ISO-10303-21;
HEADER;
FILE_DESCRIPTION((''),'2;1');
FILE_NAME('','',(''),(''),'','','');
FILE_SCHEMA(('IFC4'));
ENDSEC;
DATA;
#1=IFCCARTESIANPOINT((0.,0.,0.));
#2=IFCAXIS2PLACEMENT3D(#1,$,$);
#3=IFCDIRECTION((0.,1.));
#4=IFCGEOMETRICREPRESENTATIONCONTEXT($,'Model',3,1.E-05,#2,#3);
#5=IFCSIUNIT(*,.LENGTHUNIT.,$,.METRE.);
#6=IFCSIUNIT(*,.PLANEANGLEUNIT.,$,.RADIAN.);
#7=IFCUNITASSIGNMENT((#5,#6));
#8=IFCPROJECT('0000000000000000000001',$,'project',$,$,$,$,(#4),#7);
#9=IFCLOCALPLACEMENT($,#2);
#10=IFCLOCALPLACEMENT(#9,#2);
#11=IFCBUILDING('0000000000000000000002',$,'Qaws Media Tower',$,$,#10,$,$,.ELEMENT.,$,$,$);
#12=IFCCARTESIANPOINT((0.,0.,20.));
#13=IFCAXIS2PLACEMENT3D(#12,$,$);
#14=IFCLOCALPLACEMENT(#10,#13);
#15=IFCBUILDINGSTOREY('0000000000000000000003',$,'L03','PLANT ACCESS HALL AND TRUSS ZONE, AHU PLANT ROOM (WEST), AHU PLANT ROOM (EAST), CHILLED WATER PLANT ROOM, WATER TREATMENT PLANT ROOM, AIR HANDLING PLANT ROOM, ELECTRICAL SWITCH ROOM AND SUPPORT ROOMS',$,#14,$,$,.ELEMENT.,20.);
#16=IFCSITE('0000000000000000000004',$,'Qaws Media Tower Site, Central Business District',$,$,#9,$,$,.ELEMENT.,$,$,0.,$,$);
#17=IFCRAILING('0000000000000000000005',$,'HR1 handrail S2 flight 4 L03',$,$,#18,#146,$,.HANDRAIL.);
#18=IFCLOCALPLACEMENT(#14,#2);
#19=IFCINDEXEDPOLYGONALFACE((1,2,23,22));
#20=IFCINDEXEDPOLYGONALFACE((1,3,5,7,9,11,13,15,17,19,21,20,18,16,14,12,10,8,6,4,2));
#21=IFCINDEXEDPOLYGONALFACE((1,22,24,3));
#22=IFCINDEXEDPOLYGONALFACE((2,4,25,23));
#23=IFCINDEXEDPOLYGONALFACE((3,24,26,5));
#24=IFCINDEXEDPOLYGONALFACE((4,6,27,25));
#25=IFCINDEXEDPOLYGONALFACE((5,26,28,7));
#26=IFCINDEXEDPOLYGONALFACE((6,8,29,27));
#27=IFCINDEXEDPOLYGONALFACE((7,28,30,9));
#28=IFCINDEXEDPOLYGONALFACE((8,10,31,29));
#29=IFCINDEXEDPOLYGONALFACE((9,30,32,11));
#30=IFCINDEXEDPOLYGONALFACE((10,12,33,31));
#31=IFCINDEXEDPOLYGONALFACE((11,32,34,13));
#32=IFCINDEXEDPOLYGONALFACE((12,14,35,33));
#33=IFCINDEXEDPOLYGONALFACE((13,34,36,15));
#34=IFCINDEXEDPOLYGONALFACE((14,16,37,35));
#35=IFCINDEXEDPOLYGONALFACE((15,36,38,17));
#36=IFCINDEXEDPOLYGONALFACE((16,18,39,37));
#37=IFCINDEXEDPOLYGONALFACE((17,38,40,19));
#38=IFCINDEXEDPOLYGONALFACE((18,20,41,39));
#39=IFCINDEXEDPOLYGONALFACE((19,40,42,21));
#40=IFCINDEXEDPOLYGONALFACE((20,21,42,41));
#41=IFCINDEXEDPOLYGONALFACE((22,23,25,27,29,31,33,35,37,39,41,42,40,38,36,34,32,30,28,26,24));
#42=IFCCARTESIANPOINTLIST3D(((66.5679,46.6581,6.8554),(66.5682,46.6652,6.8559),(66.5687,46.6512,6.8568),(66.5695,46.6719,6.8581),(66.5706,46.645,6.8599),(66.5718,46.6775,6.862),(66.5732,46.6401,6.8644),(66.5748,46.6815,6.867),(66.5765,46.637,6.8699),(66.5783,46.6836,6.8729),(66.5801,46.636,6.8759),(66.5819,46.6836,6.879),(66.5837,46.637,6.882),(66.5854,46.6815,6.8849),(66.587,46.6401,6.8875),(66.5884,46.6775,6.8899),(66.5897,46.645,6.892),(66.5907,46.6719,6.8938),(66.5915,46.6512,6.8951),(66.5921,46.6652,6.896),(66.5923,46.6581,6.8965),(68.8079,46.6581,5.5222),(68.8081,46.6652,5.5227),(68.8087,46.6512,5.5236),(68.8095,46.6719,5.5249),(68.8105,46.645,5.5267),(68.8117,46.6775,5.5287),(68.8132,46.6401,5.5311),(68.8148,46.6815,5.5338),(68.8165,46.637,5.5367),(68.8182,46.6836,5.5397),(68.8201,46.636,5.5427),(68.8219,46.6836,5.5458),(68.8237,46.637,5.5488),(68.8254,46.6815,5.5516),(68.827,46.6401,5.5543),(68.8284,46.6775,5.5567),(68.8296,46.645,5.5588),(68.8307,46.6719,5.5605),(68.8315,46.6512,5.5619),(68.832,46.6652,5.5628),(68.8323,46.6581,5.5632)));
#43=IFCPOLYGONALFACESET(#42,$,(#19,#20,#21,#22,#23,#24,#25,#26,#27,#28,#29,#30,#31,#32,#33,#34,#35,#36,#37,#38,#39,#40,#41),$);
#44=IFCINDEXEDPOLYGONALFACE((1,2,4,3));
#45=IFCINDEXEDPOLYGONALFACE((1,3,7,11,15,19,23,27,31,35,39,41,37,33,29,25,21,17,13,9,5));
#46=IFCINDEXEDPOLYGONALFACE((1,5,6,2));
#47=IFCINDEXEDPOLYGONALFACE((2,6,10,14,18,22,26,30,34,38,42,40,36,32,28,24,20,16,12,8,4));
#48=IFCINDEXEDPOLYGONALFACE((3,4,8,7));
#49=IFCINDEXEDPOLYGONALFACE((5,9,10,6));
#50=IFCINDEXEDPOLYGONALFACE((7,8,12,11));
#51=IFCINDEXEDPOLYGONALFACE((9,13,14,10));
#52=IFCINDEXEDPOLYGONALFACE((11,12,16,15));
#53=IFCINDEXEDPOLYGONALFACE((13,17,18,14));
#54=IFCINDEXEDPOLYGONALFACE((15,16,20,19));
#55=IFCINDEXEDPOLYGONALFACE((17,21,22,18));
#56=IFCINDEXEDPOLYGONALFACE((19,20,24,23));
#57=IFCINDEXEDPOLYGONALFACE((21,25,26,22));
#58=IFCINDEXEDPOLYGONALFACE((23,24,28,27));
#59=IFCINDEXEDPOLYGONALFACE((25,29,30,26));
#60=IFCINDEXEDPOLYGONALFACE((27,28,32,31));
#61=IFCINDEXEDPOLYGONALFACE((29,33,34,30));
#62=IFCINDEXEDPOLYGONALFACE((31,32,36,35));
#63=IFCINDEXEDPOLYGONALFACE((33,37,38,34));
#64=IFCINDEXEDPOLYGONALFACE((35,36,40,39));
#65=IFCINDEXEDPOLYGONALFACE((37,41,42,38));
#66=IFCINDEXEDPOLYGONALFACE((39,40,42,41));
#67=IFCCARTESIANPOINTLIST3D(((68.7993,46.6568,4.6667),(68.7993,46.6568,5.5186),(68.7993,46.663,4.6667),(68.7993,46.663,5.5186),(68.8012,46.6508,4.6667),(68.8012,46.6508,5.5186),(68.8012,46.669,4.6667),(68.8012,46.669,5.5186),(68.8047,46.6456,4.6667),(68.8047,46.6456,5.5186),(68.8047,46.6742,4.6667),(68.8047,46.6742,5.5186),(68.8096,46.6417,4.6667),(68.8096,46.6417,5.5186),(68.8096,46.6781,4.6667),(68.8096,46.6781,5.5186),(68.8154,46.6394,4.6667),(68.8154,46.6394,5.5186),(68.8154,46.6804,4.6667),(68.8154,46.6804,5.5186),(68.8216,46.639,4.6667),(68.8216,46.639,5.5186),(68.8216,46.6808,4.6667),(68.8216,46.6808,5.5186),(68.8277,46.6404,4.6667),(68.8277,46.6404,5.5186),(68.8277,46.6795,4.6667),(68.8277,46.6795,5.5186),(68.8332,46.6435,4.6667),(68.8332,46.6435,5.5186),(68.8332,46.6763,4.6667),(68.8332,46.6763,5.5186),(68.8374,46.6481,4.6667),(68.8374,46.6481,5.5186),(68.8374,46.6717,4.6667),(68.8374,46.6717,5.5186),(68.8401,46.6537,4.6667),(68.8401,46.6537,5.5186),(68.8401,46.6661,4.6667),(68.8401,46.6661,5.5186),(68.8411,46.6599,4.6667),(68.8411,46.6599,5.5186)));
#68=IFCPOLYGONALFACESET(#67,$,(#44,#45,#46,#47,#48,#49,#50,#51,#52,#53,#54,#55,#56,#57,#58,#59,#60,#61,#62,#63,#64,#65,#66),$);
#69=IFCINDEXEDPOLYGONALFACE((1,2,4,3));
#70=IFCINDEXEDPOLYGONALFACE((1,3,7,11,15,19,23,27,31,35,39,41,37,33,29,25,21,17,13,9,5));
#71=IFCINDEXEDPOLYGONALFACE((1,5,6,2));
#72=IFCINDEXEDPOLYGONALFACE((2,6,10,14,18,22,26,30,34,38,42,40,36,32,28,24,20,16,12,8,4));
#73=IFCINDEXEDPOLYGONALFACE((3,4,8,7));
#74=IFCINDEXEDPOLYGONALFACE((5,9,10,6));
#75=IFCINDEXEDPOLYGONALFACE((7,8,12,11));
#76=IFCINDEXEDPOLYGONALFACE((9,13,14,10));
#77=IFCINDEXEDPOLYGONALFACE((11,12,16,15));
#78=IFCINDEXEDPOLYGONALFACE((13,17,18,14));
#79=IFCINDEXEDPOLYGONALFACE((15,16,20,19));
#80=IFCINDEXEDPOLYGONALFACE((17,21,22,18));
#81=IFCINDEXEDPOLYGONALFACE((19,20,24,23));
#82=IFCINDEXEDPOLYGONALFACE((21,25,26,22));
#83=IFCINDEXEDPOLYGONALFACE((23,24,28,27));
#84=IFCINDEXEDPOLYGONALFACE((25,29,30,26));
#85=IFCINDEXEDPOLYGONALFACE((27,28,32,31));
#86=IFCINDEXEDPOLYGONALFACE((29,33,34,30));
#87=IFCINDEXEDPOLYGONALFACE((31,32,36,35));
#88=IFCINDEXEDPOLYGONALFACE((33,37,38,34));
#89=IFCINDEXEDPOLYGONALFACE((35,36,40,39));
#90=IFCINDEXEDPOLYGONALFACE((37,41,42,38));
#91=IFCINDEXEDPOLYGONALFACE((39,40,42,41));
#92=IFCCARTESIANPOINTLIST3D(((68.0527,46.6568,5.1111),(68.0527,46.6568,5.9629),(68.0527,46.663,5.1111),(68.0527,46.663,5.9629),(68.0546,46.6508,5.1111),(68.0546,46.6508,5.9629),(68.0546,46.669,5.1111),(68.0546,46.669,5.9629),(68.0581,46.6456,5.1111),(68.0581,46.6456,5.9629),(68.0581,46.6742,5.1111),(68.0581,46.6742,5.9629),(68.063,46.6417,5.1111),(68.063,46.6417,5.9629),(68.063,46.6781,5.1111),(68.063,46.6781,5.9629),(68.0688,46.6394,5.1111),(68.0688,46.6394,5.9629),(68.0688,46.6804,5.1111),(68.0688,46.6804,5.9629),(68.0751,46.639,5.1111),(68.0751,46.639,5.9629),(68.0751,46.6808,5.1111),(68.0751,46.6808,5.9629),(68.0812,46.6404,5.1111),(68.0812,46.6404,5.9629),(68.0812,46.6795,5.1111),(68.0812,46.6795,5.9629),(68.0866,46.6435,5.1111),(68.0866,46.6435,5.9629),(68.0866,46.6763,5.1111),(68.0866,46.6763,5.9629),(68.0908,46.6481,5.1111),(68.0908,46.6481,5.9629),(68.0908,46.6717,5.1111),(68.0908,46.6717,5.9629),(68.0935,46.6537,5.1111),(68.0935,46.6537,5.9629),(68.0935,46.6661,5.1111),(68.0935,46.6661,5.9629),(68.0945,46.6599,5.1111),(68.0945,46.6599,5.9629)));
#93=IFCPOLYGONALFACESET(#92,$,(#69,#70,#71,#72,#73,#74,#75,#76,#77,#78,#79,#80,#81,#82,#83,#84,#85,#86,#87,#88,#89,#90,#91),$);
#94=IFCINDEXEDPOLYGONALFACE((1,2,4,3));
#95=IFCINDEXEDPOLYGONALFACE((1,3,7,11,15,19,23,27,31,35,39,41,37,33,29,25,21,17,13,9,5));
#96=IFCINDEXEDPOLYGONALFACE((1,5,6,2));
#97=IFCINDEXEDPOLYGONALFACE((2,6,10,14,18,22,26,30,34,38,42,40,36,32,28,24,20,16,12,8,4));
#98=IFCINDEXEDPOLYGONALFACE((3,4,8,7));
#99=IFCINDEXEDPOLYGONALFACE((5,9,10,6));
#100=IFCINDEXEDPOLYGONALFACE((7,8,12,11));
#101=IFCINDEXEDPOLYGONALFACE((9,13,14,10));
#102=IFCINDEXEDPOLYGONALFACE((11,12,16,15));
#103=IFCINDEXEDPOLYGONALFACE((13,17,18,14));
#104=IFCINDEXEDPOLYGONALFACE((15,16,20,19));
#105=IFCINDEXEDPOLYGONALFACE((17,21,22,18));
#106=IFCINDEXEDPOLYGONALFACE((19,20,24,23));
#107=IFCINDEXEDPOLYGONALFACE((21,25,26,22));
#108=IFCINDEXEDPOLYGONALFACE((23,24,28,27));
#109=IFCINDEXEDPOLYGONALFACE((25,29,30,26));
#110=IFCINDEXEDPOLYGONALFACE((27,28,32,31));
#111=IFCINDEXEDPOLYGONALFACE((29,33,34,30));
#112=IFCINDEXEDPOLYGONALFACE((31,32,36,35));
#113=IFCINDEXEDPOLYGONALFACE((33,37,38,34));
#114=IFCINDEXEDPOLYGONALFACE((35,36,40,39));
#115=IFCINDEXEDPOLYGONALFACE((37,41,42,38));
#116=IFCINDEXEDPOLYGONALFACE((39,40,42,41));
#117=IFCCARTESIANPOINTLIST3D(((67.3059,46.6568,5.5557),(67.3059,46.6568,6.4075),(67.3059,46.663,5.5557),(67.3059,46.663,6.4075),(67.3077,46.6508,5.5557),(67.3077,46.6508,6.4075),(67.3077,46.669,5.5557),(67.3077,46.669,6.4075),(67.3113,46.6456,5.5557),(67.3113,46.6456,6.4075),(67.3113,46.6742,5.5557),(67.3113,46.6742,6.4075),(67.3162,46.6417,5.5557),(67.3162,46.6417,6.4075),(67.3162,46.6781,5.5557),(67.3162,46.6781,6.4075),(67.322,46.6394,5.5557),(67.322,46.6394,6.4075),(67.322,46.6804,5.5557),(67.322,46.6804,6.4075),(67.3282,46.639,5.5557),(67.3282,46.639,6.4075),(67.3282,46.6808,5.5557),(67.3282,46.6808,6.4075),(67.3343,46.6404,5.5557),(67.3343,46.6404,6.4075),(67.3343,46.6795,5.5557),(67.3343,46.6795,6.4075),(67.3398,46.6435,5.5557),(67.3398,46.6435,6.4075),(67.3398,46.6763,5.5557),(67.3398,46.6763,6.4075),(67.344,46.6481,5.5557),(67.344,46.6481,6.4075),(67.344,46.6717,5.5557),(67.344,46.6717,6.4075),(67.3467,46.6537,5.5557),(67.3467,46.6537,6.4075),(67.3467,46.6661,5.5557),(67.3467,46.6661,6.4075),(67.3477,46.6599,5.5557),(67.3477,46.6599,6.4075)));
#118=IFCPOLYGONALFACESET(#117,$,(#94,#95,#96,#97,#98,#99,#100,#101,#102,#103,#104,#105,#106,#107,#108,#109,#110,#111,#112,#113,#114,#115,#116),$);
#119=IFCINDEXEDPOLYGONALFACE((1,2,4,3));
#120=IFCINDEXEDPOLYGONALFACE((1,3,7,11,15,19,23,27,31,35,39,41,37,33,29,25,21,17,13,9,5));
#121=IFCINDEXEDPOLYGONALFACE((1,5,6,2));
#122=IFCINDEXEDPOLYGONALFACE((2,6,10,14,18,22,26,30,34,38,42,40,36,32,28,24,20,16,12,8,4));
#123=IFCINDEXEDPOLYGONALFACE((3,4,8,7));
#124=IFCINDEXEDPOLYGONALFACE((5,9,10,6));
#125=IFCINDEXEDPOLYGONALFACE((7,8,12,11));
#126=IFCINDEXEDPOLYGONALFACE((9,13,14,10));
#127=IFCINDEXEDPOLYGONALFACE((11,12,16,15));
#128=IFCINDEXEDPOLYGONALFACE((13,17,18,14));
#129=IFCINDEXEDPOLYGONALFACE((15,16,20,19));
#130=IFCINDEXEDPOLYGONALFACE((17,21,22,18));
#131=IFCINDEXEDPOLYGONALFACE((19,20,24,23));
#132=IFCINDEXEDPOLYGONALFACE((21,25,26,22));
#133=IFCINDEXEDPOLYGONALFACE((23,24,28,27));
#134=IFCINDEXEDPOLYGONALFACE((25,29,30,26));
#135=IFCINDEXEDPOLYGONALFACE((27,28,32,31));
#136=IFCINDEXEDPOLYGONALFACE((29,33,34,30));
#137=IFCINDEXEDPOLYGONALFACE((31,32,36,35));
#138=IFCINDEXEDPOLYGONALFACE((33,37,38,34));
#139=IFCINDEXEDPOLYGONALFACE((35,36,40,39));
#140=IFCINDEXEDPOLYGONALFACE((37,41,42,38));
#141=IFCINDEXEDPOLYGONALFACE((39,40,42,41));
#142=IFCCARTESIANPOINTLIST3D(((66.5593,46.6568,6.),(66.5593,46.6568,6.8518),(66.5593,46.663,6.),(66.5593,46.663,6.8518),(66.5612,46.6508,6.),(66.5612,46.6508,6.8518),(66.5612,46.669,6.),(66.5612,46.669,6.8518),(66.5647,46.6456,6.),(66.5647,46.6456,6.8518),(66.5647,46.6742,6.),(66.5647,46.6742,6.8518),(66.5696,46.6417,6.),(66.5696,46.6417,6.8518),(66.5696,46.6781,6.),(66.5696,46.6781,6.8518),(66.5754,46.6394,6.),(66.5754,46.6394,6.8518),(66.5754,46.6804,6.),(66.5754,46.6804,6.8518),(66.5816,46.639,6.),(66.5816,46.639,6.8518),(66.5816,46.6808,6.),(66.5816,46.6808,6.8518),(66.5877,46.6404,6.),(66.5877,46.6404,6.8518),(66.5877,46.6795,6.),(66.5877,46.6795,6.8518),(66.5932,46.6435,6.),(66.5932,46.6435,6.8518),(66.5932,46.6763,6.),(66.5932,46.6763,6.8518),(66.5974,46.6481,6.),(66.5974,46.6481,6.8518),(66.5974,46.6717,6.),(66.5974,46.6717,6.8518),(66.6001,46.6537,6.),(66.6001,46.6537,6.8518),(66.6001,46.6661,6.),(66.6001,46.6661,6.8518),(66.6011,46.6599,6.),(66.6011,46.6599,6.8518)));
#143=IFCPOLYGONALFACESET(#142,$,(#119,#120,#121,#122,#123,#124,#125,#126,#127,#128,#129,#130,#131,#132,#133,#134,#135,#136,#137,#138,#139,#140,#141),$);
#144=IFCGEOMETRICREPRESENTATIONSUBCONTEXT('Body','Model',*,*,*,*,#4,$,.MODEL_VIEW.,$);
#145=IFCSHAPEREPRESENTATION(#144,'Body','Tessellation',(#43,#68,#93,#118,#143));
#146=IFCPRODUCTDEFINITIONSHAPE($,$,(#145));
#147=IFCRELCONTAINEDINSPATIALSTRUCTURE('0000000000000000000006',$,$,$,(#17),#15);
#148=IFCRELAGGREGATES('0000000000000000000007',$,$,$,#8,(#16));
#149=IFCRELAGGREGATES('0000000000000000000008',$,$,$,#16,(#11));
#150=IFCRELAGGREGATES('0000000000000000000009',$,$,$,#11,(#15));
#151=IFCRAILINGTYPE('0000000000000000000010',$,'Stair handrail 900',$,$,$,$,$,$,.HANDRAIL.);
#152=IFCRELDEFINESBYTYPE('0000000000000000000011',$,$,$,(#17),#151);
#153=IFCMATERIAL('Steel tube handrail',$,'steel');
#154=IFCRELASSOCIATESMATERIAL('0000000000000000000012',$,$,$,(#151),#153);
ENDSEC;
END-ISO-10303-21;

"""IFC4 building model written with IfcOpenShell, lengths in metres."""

from ifc_helpers import new_model, si_unit, direction, frame, origin, origin_2d, place, context, subcontext, project, spatial, circle, extrude, material, type_object, element, save


model = new_model("IFC4")

# Units and contexts
model_context = context("Model", 3, precision=1e-05, world=origin(), true_north=direction((0.0, 1.0)))
body_context = subcontext(model_context, "Body", "Model", "MODEL_VIEW")
ifc_project = project(units=[si_unit("LENGTHUNIT", "METRE"), si_unit("PLANEANGLEUNIT", "RADIAN")], contexts=[model_context])

# Site, building, storey
site_placement = place(None, origin())
site = spatial("IfcSite", under=ifc_project, at=site_placement, Name="Qaws Media Tower Site, Central Business District", CompositionType="ELEMENT", RefElevation=0.0)
building_placement = place(site_placement, origin())
building = spatial("IfcBuilding", under=site, at=building_placement, Name="Qaws Media Tower", CompositionType="ELEMENT")
storey_placement = place(building_placement, frame((0.0, 0.0, 20.0)))
storey = spatial("IfcBuildingStorey", under=building, at=storey_placement, Name="L03", Description="PLANT ACCESS HALL AND TRUSS ZONE, AHU PLANT ROOM (WEST), AHU PLANT ROOM (EAST), CHILLED WATER PLANT ROOM, WATER TREATMENT PLANT ROOM, AIR HANDLING PLANT ROOM, ELECTRICAL SWITCH ROOM AND SUPPORT ROOMS", CompositionType="ELEMENT", Elevation=20.0)

# Railing
ifc_material_1 = material(Name="Steel tube handrail", Category="steel")
railing_type = type_object("IfcRailingType", Name="Stair handrail 900", PredefinedType="HANDRAIL", material=ifc_material_1)
for number, where, name in (
    (1, (68.8201, 46.6599, 4.6667), "HR1 handrail S2 flight 4 L03"),
):
    element("IfcRailing", number, at=place(storey_placement, frame(where)), inside=storey, type_object=railing_type, Name=name, PredefinedType="HANDRAIL", context=body_context, shape_type="SweptSolid", body=[
        extrude(circle(Radius=0.0239, at=origin_2d()), frame((0.0, 0.0, 0.876), z_axis=(-0.859306, 0.0, 0.511462), x_axis=(0.0, -1.0, 0.0)), (0.0, 0.0, 1.0), 2.6067),
        extrude(circle(Radius=0.021, at=origin_2d()), origin(), (0.0, 0.0, 1.0), 0.8518),
        extrude(circle(Radius=0.021, at=origin_2d()), frame((-0.7466, 0.0, 0.4443)), (0.0, 0.0, 1.0), 0.8518),
        extrude(circle(Radius=0.021, at=origin_2d()), frame((-1.4934, 0.0, 0.8889)), (0.0, 0.0, 1.0), 0.8518),
        extrude(circle(Radius=0.021, at=origin_2d()), frame((-2.24, 0.0, 1.3333)), (0.0, 0.0, 1.0), 0.8518),
    ])

save(model, "model.ifc")
